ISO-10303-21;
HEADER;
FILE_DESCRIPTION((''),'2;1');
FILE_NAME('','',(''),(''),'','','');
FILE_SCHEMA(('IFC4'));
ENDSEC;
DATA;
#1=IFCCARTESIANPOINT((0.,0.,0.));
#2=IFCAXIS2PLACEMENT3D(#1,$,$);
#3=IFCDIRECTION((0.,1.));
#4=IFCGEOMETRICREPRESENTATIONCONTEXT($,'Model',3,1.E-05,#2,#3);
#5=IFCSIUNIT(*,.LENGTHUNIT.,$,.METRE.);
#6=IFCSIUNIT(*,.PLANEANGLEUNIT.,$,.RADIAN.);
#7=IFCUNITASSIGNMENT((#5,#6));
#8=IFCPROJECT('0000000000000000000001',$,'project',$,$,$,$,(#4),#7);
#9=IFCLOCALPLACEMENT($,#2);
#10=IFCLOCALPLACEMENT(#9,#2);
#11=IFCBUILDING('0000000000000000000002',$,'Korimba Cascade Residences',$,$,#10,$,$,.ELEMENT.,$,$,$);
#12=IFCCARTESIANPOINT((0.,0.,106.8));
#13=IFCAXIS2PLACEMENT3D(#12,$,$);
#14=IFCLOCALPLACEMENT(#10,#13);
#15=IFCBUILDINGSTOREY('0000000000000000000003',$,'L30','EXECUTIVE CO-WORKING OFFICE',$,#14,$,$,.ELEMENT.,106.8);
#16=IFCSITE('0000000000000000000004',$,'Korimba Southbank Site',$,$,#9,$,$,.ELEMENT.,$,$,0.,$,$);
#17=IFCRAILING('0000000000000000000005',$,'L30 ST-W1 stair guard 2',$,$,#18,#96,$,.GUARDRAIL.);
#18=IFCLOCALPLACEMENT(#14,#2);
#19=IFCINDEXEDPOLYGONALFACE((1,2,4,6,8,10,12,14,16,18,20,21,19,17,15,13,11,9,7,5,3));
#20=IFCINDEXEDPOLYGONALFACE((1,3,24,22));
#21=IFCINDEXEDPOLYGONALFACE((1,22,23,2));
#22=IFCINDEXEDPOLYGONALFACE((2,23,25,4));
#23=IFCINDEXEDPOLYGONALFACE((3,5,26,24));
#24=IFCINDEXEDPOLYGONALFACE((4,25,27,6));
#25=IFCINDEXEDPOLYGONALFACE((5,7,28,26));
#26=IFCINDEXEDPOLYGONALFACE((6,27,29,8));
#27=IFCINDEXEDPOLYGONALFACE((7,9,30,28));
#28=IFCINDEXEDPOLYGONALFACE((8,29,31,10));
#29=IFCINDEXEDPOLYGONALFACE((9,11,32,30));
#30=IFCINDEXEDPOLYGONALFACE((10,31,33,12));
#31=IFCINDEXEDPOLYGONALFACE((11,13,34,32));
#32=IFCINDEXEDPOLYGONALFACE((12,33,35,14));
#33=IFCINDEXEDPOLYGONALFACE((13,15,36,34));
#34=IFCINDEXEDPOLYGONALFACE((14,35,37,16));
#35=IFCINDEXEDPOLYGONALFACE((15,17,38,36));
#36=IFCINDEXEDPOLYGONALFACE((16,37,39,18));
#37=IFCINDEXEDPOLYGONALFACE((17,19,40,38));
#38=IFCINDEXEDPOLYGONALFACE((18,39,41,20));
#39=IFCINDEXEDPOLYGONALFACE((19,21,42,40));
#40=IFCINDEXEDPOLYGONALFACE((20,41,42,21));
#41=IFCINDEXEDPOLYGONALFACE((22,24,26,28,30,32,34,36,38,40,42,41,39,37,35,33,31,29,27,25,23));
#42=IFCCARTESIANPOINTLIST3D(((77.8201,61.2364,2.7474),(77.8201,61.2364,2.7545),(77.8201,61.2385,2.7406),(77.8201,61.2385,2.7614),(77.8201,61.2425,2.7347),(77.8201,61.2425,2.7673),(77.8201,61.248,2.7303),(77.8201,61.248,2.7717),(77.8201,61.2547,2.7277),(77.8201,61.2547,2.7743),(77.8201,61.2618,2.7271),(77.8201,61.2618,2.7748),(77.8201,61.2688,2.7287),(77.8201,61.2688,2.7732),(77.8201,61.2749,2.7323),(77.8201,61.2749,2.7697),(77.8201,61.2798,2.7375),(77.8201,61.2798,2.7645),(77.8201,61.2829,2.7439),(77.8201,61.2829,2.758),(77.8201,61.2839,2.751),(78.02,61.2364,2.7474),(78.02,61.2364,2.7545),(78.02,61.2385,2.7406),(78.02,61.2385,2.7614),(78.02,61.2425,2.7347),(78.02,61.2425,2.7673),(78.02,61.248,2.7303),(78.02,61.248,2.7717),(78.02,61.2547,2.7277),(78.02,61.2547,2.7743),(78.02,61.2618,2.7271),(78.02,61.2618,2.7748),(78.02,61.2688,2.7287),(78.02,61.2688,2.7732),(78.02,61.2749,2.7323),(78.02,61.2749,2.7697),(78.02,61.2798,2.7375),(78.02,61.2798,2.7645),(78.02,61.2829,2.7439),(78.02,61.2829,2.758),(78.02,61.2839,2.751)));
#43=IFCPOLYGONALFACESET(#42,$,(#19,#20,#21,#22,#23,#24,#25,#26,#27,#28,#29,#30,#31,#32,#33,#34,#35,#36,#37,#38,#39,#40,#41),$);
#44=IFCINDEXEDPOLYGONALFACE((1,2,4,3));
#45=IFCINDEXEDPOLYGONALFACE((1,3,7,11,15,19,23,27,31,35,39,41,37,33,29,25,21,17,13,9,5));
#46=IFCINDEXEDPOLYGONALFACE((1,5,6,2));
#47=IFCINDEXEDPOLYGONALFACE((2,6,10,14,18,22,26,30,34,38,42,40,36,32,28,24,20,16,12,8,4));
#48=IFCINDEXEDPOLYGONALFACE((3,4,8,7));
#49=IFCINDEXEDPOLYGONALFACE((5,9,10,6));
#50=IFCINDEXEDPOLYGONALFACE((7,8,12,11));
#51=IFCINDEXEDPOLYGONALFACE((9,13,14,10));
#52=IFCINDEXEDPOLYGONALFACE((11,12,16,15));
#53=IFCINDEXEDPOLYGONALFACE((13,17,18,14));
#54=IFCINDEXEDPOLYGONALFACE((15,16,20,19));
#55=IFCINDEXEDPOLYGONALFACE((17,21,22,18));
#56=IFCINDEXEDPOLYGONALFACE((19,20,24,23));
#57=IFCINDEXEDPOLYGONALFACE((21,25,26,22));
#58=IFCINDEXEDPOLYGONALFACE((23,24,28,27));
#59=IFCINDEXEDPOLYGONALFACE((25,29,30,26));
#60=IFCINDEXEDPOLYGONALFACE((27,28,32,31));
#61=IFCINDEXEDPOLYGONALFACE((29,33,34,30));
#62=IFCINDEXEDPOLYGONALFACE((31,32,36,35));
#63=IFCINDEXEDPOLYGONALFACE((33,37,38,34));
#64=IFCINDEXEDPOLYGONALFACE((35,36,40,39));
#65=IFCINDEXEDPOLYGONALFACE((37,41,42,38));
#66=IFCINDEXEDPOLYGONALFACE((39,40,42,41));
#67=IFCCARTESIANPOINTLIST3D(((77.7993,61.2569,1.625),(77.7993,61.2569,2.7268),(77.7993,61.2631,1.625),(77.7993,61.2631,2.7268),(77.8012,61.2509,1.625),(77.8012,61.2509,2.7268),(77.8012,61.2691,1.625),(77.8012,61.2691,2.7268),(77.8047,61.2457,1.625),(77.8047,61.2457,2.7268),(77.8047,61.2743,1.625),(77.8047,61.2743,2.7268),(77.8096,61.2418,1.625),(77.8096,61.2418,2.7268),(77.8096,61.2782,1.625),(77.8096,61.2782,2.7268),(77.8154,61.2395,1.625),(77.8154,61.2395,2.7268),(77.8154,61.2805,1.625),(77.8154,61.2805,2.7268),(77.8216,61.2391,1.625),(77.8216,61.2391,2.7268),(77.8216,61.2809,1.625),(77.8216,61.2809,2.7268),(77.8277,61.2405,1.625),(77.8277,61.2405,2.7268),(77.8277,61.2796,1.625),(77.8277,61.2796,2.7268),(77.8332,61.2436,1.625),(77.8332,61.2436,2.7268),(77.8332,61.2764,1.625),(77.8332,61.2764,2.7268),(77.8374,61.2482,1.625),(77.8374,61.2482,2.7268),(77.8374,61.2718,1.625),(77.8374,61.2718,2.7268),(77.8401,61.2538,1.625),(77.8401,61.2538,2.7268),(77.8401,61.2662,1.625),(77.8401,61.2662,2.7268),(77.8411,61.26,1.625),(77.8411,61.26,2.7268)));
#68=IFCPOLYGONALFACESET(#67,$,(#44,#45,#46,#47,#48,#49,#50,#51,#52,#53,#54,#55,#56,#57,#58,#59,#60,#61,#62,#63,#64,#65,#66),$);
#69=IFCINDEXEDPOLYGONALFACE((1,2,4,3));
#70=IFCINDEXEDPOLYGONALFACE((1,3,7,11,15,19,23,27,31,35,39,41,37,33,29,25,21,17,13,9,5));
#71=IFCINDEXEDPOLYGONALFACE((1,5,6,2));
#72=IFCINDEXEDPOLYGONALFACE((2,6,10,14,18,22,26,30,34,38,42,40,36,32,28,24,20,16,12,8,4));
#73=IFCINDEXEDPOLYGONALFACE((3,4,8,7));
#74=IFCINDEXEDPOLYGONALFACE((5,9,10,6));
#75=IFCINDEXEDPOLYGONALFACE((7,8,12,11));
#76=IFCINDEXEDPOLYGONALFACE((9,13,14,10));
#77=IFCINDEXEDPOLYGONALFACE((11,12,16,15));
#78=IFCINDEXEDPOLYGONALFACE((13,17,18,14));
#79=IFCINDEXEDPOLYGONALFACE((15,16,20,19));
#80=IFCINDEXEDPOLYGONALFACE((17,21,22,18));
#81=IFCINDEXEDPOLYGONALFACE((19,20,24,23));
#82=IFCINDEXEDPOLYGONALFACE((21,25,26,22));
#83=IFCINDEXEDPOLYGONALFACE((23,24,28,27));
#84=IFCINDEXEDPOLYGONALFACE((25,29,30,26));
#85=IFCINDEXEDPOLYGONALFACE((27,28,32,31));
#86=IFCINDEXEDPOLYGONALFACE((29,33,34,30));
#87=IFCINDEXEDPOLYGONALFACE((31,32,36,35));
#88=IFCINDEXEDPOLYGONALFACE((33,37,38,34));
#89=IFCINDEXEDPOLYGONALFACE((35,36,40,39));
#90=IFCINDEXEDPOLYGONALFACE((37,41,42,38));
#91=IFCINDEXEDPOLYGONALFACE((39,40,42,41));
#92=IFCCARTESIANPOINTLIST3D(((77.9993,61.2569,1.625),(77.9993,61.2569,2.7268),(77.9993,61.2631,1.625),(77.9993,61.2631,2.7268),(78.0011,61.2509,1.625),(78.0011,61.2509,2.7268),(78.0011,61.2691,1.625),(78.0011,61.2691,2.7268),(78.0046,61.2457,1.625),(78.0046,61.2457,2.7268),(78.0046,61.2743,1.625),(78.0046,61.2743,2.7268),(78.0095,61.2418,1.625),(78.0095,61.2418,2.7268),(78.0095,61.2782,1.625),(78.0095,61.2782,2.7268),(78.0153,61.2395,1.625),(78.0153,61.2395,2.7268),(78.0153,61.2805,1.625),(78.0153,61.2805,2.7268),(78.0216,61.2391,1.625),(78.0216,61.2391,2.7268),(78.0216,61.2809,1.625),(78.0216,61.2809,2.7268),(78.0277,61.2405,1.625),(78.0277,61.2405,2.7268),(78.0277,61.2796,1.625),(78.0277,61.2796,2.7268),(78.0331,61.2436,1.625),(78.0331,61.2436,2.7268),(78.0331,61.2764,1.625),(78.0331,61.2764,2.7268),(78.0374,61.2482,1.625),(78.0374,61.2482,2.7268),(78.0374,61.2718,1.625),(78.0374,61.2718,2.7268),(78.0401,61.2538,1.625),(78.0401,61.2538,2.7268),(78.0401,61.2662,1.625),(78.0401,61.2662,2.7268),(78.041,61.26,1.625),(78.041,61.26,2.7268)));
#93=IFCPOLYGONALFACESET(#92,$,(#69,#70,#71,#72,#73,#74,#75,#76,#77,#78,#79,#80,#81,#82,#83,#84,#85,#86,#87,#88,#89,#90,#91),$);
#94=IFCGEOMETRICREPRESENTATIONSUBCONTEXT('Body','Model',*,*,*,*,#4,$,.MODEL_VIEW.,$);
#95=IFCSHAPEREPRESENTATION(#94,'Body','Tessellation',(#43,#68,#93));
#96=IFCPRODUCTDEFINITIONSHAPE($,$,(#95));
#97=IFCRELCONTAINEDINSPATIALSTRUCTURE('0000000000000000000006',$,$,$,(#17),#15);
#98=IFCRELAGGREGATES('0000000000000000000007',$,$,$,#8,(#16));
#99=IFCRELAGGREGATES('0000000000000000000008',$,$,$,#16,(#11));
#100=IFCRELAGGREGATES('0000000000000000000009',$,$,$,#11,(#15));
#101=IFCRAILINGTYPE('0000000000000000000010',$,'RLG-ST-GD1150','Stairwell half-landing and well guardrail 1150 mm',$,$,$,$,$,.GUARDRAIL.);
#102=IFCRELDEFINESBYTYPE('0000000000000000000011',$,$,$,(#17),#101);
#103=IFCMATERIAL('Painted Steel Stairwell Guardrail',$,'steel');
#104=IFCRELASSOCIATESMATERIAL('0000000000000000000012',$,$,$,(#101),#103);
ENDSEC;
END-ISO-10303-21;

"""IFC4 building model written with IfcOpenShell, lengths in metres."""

from ifc_helpers import new_model, si_unit, direction, frame, origin, origin_2d, place, context, subcontext, project, spatial, circle, extrude, material, type_object, element, save


model = new_model("IFC4")

# Units and contexts
model_context = context("Model", 3, precision=1e-05, world=origin(), true_north=direction((0.0, 1.0)))
body_context = subcontext(model_context, "Body", "Model", "MODEL_VIEW")
ifc_project = project(units=[si_unit("LENGTHUNIT", "METRE"), si_unit("PLANEANGLEUNIT", "RADIAN")], contexts=[model_context])

# Site, building, storey
site_placement = place(None, origin())
site = spatial("IfcSite", under=ifc_project, at=site_placement, Name="Korimba Southbank Site", CompositionType="ELEMENT", RefElevation=0.0)
building_placement = place(site_placement, origin())
building = spatial("IfcBuilding", under=site, at=building_placement, Name="Korimba Cascade Residences", CompositionType="ELEMENT")
storey_placement = place(building_placement, frame((0.0, 0.0, 106.8)))
storey = spatial("IfcBuildingStorey", under=building, at=storey_placement, Name="L30", Description="EXECUTIVE CO-WORKING OFFICE", CompositionType="ELEMENT", Elevation=106.8)

# Railing
ifc_material_1 = material(Name="Painted Steel Stairwell Guardrail", Category="steel")
railing_type_1 = type_object("IfcRailingType", Name="RLG-ST-GD1150", Description="Stairwell half-landing and well guardrail 1150 mm", PredefinedType="GUARDRAIL", material=ifc_material_1)
railing_1_placement = place(storey_placement, frame((77.8201, 61.26, 1.625)))
element("IfcRailing", 1, at=railing_1_placement, inside=storey, type_object=railing_type_1, Name="L30 ST-W1 stair guard 2", PredefinedType="GUARDRAIL", context=body_context, shape_type="SweptSolid", body=[
    extrude(circle(Radius=0.0239, at=origin_2d()), frame((0.0, 0.0, 1.126), z_axis=(1.0, 0.0, 0.0), x_axis=(0.0, 1.0, 0.0)), (0.0, 0.0, 1.0), 0.2),
    extrude(circle(Radius=0.021, at=origin_2d()), origin(), (0.0, 0.0, 1.0), 1.1018),
    extrude(circle(Radius=0.021, at=origin_2d()), frame((0.2, 0.0, 0.0)), (0.0, 0.0, 1.0), 1.1018),
])

save(model, "model.ifc")
